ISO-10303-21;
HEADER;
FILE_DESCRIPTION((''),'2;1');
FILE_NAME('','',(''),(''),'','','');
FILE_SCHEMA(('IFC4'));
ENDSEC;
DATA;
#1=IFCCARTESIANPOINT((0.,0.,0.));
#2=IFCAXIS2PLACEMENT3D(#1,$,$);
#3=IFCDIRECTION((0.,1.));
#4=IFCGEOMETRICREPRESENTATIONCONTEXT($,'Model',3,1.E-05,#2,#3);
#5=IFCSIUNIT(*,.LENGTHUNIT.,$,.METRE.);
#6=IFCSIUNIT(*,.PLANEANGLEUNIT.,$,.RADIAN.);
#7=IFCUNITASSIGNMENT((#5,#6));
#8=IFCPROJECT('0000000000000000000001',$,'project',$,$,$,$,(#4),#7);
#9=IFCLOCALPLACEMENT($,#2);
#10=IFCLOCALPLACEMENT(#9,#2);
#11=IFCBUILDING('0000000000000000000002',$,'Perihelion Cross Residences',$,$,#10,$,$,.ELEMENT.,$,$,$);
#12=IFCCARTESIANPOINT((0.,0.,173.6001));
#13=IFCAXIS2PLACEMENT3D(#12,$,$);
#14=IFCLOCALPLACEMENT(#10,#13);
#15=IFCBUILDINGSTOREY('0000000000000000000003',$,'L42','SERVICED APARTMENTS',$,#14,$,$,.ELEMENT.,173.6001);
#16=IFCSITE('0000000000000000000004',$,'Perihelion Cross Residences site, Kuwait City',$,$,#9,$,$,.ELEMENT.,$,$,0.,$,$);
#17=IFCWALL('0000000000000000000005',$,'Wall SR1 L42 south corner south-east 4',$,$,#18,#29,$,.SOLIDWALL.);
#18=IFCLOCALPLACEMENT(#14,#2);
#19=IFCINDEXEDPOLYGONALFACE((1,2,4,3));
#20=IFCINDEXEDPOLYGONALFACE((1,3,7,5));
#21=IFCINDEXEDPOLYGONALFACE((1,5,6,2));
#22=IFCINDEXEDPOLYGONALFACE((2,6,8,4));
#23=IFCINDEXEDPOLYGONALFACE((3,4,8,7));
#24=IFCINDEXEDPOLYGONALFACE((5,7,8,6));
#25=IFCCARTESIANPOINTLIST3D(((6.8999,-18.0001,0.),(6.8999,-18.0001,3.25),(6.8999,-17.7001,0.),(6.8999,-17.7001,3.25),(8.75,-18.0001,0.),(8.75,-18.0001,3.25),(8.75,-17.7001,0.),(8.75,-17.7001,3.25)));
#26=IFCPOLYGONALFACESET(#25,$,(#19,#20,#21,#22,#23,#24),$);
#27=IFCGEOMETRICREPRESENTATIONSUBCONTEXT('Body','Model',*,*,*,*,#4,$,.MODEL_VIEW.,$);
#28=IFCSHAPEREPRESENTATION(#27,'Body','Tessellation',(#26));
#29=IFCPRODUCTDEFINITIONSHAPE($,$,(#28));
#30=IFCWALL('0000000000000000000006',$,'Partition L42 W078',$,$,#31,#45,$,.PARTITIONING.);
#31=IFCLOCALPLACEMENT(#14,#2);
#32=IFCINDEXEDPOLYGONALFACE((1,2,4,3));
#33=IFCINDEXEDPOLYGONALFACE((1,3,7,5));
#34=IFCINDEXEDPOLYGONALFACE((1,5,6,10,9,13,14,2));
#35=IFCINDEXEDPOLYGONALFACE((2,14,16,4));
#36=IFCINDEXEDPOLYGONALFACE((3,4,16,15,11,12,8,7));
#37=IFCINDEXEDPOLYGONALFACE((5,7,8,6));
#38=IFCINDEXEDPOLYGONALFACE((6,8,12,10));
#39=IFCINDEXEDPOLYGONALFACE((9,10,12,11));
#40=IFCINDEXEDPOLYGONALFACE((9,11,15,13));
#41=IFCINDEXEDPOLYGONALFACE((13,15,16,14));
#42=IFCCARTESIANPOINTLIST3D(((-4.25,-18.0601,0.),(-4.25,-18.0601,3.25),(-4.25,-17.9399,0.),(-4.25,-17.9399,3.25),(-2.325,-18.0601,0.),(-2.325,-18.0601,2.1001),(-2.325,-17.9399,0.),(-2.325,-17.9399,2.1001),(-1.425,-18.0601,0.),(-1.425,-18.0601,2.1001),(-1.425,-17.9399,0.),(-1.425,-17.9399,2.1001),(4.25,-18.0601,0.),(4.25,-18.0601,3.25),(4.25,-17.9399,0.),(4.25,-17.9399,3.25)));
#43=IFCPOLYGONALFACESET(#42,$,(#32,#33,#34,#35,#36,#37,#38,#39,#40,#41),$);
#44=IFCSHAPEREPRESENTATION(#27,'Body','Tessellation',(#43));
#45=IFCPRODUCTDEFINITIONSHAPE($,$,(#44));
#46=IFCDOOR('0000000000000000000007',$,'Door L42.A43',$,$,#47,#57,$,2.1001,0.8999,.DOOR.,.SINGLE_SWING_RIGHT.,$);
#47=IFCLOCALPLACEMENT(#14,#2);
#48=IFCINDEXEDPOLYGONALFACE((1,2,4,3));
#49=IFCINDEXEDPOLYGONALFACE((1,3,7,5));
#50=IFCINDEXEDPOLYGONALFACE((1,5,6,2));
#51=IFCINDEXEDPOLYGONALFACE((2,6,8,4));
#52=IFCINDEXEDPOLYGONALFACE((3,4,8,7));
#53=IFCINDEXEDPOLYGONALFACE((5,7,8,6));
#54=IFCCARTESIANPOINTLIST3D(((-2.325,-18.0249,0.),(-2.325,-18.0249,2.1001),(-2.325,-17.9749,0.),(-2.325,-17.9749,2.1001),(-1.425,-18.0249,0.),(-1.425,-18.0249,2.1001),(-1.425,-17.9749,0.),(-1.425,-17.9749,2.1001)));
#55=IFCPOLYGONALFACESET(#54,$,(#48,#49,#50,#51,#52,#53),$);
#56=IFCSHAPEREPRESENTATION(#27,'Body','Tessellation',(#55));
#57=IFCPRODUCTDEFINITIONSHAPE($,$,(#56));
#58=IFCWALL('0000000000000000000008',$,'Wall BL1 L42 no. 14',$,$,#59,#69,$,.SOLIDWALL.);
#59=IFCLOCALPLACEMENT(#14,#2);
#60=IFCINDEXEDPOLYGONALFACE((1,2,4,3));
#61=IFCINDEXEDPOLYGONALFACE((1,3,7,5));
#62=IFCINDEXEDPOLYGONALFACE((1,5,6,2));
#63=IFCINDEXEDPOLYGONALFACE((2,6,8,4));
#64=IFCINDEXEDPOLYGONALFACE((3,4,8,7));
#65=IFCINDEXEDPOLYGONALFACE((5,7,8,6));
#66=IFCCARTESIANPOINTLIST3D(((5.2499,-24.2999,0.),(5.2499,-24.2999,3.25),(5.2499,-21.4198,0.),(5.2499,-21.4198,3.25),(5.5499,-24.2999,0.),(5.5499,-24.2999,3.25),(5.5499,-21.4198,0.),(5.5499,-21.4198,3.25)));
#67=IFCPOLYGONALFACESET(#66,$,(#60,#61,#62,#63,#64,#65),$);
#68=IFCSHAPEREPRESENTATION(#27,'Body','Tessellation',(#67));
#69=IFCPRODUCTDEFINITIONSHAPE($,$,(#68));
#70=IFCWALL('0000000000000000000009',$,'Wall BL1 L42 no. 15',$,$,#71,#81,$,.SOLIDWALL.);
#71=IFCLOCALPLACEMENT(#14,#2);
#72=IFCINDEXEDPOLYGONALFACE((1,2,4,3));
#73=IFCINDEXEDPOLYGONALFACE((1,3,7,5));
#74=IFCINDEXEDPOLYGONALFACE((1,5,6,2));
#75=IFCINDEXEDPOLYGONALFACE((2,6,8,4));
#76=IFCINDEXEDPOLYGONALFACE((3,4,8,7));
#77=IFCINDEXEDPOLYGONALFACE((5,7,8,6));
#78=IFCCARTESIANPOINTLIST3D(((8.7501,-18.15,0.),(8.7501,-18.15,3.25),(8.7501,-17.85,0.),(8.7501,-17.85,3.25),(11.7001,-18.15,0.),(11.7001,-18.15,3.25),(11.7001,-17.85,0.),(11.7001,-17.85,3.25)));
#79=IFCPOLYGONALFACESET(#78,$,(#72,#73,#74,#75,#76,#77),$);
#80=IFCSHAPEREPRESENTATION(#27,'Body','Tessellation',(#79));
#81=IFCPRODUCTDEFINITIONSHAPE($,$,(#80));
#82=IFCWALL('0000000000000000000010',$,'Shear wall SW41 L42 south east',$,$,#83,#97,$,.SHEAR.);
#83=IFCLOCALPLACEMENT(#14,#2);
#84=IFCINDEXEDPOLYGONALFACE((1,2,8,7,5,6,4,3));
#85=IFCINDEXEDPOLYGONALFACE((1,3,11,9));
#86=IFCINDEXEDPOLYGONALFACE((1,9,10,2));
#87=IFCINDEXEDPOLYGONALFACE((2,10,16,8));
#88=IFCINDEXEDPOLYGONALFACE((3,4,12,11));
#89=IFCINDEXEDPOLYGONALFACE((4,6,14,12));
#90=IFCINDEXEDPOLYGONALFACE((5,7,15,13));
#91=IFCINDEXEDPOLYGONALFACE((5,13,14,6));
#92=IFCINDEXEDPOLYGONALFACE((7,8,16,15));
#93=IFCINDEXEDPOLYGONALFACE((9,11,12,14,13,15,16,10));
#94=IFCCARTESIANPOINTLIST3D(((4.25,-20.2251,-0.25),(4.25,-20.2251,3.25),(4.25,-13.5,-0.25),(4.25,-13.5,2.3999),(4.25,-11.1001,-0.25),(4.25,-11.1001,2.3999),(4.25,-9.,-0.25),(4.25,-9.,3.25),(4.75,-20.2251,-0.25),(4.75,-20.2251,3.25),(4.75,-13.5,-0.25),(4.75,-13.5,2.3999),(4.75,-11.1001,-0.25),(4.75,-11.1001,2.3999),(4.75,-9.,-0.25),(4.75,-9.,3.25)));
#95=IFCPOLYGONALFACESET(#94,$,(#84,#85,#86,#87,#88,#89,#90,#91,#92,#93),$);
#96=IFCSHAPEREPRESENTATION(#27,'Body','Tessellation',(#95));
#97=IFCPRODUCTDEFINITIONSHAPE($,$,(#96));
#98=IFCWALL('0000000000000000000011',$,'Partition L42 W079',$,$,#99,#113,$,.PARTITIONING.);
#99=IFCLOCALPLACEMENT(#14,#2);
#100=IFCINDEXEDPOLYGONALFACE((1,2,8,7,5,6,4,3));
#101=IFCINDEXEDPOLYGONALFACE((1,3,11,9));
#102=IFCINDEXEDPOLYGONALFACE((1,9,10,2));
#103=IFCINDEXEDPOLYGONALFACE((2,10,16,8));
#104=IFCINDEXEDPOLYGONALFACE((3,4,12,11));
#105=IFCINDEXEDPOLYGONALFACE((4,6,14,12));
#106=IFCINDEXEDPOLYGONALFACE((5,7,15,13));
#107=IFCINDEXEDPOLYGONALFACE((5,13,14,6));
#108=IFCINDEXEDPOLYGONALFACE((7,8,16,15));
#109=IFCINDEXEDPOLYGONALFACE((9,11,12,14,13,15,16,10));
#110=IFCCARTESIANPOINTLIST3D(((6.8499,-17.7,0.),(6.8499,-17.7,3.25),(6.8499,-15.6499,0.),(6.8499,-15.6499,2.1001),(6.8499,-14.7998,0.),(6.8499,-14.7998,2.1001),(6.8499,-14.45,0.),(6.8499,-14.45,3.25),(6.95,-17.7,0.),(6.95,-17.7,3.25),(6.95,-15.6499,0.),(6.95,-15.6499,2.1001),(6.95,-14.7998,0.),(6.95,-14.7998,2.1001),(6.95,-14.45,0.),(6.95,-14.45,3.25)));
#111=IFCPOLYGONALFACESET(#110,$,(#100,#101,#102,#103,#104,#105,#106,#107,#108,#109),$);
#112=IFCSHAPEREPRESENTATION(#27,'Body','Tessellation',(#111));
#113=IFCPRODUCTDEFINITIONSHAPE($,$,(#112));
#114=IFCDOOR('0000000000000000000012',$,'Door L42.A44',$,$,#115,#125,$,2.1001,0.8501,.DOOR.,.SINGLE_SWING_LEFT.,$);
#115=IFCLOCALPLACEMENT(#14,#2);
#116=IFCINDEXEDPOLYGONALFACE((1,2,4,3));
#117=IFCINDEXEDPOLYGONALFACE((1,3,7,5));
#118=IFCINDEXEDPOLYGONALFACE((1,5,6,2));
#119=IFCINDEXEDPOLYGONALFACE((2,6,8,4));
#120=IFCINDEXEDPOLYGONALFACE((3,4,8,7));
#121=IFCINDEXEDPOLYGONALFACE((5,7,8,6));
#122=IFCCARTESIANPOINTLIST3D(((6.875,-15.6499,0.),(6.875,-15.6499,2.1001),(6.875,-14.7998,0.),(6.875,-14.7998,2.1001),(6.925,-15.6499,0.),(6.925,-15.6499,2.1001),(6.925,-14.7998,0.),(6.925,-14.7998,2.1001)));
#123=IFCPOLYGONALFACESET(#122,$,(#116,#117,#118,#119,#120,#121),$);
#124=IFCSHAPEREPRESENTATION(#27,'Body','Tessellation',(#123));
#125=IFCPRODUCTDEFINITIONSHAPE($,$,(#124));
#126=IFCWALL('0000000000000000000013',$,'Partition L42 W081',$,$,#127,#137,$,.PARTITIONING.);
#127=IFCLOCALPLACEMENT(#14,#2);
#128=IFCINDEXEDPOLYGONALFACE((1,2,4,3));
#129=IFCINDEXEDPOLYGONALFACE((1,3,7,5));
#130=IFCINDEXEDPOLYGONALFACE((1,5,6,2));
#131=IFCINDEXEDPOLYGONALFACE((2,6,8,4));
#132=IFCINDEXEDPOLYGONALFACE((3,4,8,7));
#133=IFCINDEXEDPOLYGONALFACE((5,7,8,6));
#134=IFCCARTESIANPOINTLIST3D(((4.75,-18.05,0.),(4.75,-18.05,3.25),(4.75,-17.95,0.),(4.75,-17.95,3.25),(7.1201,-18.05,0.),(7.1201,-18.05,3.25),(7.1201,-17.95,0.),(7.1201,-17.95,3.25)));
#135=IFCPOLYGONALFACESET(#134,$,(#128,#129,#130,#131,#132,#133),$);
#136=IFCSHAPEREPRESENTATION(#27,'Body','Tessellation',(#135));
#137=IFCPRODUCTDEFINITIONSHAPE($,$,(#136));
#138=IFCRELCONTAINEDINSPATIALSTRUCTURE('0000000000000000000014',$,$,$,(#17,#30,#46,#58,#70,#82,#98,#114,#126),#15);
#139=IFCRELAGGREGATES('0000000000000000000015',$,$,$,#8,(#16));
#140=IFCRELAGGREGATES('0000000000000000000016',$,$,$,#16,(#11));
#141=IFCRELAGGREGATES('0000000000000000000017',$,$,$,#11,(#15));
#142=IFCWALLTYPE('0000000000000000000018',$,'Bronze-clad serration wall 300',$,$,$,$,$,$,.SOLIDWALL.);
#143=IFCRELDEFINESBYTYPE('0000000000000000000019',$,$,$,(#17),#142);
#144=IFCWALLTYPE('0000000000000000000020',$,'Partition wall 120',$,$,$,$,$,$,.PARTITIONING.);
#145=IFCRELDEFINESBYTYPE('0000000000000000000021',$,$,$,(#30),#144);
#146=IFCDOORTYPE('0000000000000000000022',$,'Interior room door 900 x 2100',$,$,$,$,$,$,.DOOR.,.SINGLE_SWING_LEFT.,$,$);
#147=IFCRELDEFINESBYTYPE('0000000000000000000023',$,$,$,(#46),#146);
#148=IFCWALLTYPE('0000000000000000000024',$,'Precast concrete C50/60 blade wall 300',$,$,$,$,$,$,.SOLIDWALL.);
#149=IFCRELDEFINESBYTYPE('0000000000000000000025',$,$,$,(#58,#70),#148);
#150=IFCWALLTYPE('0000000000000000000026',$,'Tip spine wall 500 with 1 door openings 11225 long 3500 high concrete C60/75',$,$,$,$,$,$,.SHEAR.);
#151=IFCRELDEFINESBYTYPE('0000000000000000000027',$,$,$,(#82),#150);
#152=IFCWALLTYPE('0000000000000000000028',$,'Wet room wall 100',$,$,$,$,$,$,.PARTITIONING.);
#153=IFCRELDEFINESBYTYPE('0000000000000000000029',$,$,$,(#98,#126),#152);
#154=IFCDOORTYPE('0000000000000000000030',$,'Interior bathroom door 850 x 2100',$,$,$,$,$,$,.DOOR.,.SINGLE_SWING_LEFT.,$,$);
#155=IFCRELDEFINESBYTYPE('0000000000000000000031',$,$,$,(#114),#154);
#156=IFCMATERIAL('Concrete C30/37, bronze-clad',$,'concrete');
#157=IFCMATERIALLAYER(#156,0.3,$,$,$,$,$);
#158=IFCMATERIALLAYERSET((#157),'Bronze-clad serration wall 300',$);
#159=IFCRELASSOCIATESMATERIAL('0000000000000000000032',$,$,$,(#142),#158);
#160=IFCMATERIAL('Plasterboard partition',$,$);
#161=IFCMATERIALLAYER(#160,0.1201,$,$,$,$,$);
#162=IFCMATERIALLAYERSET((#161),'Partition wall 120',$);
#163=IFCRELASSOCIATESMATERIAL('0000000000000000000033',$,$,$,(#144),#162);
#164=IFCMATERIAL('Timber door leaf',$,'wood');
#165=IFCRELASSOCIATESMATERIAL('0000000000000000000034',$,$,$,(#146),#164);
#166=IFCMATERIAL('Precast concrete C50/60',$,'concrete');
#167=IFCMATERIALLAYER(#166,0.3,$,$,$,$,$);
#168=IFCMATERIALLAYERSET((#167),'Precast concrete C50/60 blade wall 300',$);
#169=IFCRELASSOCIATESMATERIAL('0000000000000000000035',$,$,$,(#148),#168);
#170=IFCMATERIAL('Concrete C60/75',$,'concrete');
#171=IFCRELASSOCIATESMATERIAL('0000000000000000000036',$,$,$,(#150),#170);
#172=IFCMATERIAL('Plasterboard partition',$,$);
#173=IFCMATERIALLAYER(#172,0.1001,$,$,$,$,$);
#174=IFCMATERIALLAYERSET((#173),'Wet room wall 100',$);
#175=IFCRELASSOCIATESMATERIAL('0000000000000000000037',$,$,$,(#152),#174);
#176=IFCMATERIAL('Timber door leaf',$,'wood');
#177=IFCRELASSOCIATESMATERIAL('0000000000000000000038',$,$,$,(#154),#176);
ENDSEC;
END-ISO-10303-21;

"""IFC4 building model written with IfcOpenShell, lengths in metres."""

from ifc_helpers import new_model, si_unit, direction, frame, frame_2d, origin, place, context, subcontext, project, spatial, polyline, rectangle, outline, extrude, material, layer, layer_set, material_profile, profile_set, type_object, element, fill, save


model = new_model("IFC4")

# Units and contexts
model_context = context("Model", 3, precision=1e-05, world=origin(), true_north=direction((0.0, 1.0)))
body_context = subcontext(model_context, "Body", "Model", "MODEL_VIEW")
ifc_project = project(units=[si_unit("LENGTHUNIT", "METRE"), si_unit("PLANEANGLEUNIT", "RADIAN")], contexts=[model_context])

# Site, building, storey
site_placement = place(None, origin())
site = spatial("IfcSite", under=ifc_project, at=site_placement, Name="Perihelion Cross Residences site, Kuwait City", CompositionType="ELEMENT", RefElevation=0.0)
building_placement = place(site_placement, origin())
building = spatial("IfcBuilding", under=site, at=building_placement, Name="Perihelion Cross Residences", CompositionType="ELEMENT")
storey_placement = place(building_placement, frame((0.0, 0.0, 173.6001)))
storey = spatial("IfcBuildingStorey", under=building, at=storey_placement, Name="L42", Description="SERVICED APARTMENTS", CompositionType="ELEMENT", Elevation=173.6001)

# Wall
ifc_material_1 = material(Name="Concrete C30/37, bronze-clad", Category="concrete")
ifc_layer_1 = layer(ifc_material_1, 0.3)
ifc_layer_set_1 = layer_set([ifc_layer_1], Name="Bronze-clad serration wall 300")
wall_type_1 = type_object("IfcWallType", Name="Bronze-clad serration wall 300", PredefinedType="SOLIDWALL", material=ifc_layer_set_1)
wall_1_placement = place(storey_placement, frame((6.8999, -17.8501, 0.0), z_axis=(0.0, 0.0, 1.0), x_axis=(1.0, 0.0, 0.0)))
element("IfcWall", 1, at=wall_1_placement, inside=storey, type_object=wall_type_1, Name="Wall SR1 L42 south corner south-east 4", PredefinedType="SOLIDWALL", context=body_context, shape_type="SweptSolid", body=[
    extrude(rectangle(XDim=1.8501, YDim=0.3, at=frame_2d((0.925, 0.0))), origin(), (0.0, 0.0, 1.0), 3.25),
])

# Wall, opening, door
ifc_material_2 = material(Name="Plasterboard partition")
ifc_layer_2 = layer(ifc_material_2, 0.1201)
ifc_layer_set_2 = layer_set([ifc_layer_2], Name="Partition wall 120")
wall_type_2 = type_object("IfcWallType", Name="Partition wall 120", PredefinedType="PARTITIONING", material=ifc_layer_set_2)
wall_2_placement = place(storey_placement, frame((4.25, -18.0, 0.0), z_axis=(0.0, 0.0, 1.0), x_axis=(-1.0, 0.0, 0.0)))
wall_2 = element("IfcWall", 2, at=wall_2_placement, inside=storey, type_object=wall_type_2, Name="Partition L42 W078", PredefinedType="PARTITIONING", context=body_context, shape_type="SweptSolid", body=[
    extrude(rectangle(XDim=8.5, YDim=0.1201, at=frame_2d((4.25, 0.0))), origin(), (0.0, 0.0, 1.0), 3.25),
])
opening_1_placement = place(wall_2_placement, frame((5.675, 0.0, 0.0)))
opening_1 = element("IfcOpeningElement", 3, at=opening_1_placement, cuts=wall_2, PredefinedType="OPENING", context=body_context, shape_type="SweptSolid", body=[
    extrude(rectangle(XDim=0.8999, YDim=2.1001, at=frame_2d((0.45, 1.05))), frame((0.0, 0.0701, 0.0), z_axis=(0.0, -1.0, 0.0), x_axis=(1.0, 0.0, 0.0)), (0.0, 0.0, 1.0), 0.1401),
])
ifc_material_3 = material(Name="Timber door leaf", Category="wood")
door_type_1 = type_object("IfcDoorType", Name="Interior room door 900 x 2100", OperationType="SINGLE_SWING_LEFT", PredefinedType="DOOR", material=ifc_material_3)
door_1_placement = place(opening_1_placement, origin())
door_1 = element("IfcDoor", 4, at=door_1_placement, inside=storey, type_object=door_type_1, Name="Door L42.A43", OperationType="SINGLE_SWING_RIGHT", OverallHeight=2.1001, OverallWidth=0.8999, PredefinedType="DOOR", context=body_context, shape_type="SweptSolid", body=[
    extrude(rectangle(XDim=0.8999, YDim=2.1001, at=frame_2d((0.45, 1.05))), frame((0.0, 0.0249, 0.0), z_axis=(0.0, -1.0, 0.0), x_axis=(1.0, 0.0, 0.0)), (0.0, 0.0, 1.0), 0.05),
])
fill(opening_1, door_1)

# Walls
ifc_material_4 = material(Name="Precast concrete C50/60", Category="concrete")
ifc_layer_3 = layer(ifc_material_4, 0.3)
ifc_layer_set_3 = layer_set([ifc_layer_3], Name="Precast concrete C50/60 blade wall 300")
wall_type_3 = type_object("IfcWallType", Name="Precast concrete C50/60 blade wall 300", PredefinedType="SOLIDWALL", material=ifc_layer_set_3)
wall_3_placement = place(storey_placement, frame((5.3999, -21.4199, 0.0), z_axis=(0.0, 0.0, 1.0), x_axis=(0.0, -1.0, 0.0)))
element("IfcWall", 5, at=wall_3_placement, inside=storey, type_object=wall_type_3, Name="Wall BL1 L42 no. 14", PredefinedType="SOLIDWALL", context=body_context, shape_type="SweptSolid", body=[
    extrude(rectangle(XDim=2.8801, YDim=0.3, at=frame_2d((1.4399, 0.0))), origin(), (0.0, 0.0, 1.0), 3.25),
])
wall_4_placement = place(storey_placement, frame((8.75, -18.0, 0.0), z_axis=(0.0, 0.0, 1.0), x_axis=(1.0, 0.0, 0.0)))
element("IfcWall", 6, at=wall_4_placement, inside=storey, type_object=wall_type_3, Name="Wall BL1 L42 no. 15", PredefinedType="SOLIDWALL", context=body_context, shape_type="SweptSolid", body=[
    extrude(rectangle(XDim=2.95, YDim=0.3, at=frame_2d((1.4751, 0.0))), origin(), (0.0, 0.0, 1.0), 3.25),
])
ifc_material_5 = material(Name="Concrete C60/75", Category="concrete")
ifc_material_profile_1 = material_profile(ifc_material_5, outline(polyline([(0.0, 0.0), (6.7251, 0.0), (6.7251, 2.6499), (9.125, 2.6499), (9.125, 0.0), (11.2251, 0.0), (11.2251, 3.5), (0.0, 3.5), (0.0, 0.0)])), Name="Tip spine wall")
ifc_profile_set_1 = profile_set([ifc_material_profile_1], Name="Concrete C60/75")
wall_type_4 = type_object("IfcWallType", Name="Tip spine wall 500 with 1 door openings 11225 long 3500 high concrete C60/75", PredefinedType="SHEAR", material=ifc_profile_set_1)
wall_5_placement = place(storey_placement, frame((4.25, -20.2251, -0.25), z_axis=(1.0, 0.0, 0.0), x_axis=(0.0, 1.0, 0.0)))
element("IfcWall", 7, at=wall_5_placement, inside=storey, type_object=wall_type_4, Name="Shear wall SW41 L42 south east", PredefinedType="SHEAR", context=body_context, shape_type="SweptSolid", body=[
    extrude(outline(polyline([(0.0, 0.0), (6.7251, 0.0), (6.7251, 2.6499), (9.125, 2.6499), (9.125, 0.0), (11.2251, 0.0), (11.2251, 3.5), (0.0, 3.5), (0.0, 0.0)])), origin(), (0.0, 0.0, 1.0), 0.5),
])

# Wall, opening, door
ifc_material_6 = material(Name="Plasterboard partition")
ifc_layer_4 = layer(ifc_material_6, 0.1001)
ifc_layer_set_4 = layer_set([ifc_layer_4], Name="Wet room wall 100")
wall_type_5 = type_object("IfcWallType", Name="Wet room wall 100", PredefinedType="PARTITIONING", material=ifc_layer_set_4)
wall_6_placement = place(storey_placement, frame((6.8999, -17.7, 0.0), z_axis=(0.0, 0.0, 1.0), x_axis=(0.0, 1.0, 0.0)))
wall_6 = element("IfcWall", 8, at=wall_6_placement, inside=storey, type_object=wall_type_5, Name="Partition L42 W079", PredefinedType="PARTITIONING", context=body_context, shape_type="SweptSolid", body=[
    extrude(rectangle(XDim=3.25, YDim=0.1001, at=frame_2d((1.625, 0.0))), origin(), (0.0, 0.0, 1.0), 3.25),
])
opening_2_placement = place(wall_6_placement, frame((2.05, 0.0, 0.0)))
opening_2 = element("IfcOpeningElement", 9, at=opening_2_placement, cuts=wall_6, PredefinedType="OPENING", context=body_context, shape_type="SweptSolid", body=[
    extrude(rectangle(XDim=0.8501, YDim=2.1001, at=frame_2d((0.425, 1.05))), frame((0.0, 0.0601, 0.0), z_axis=(0.0, -1.0, 0.0), x_axis=(1.0, 0.0, 0.0)), (0.0, 0.0, 1.0), 0.1201),
])
ifc_material_7 = material(Name="Timber door leaf", Category="wood")
door_type_2 = type_object("IfcDoorType", Name="Interior bathroom door 850 x 2100", OperationType="SINGLE_SWING_LEFT", PredefinedType="DOOR", material=ifc_material_7)
door_2_placement = place(opening_2_placement, origin())
door_2 = element("IfcDoor", 10, at=door_2_placement, inside=storey, type_object=door_type_2, Name="Door L42.A44", OperationType="SINGLE_SWING_LEFT", OverallHeight=2.1001, OverallWidth=0.8501, PredefinedType="DOOR", context=body_context, shape_type="SweptSolid", body=[
    extrude(rectangle(XDim=0.8501, YDim=2.1001, at=frame_2d((0.425, 1.05))), frame((0.0, 0.0249, 0.0), z_axis=(0.0, -1.0, 0.0), x_axis=(1.0, 0.0, 0.0)), (0.0, 0.0, 1.0), 0.05),
])
fill(opening_2, door_2)

# Wall
wall_7_placement = place(storey_placement, frame((7.1201, -18.0, 0.0), z_axis=(0.0, 0.0, 1.0), x_axis=(-1.0, 0.0, 0.0)))
element("IfcWall", 11, at=wall_7_placement, inside=storey, type_object=wall_type_5, Name="Partition L42 W081", PredefinedType="PARTITIONING", context=body_context, shape_type="SweptSolid", body=[
    extrude(rectangle(XDim=2.3701, YDim=0.1001, at=frame_2d((1.1851, 0.0))), origin(), (0.0, 0.0, 1.0), 3.25),
])

save(model, "model.ifc")
